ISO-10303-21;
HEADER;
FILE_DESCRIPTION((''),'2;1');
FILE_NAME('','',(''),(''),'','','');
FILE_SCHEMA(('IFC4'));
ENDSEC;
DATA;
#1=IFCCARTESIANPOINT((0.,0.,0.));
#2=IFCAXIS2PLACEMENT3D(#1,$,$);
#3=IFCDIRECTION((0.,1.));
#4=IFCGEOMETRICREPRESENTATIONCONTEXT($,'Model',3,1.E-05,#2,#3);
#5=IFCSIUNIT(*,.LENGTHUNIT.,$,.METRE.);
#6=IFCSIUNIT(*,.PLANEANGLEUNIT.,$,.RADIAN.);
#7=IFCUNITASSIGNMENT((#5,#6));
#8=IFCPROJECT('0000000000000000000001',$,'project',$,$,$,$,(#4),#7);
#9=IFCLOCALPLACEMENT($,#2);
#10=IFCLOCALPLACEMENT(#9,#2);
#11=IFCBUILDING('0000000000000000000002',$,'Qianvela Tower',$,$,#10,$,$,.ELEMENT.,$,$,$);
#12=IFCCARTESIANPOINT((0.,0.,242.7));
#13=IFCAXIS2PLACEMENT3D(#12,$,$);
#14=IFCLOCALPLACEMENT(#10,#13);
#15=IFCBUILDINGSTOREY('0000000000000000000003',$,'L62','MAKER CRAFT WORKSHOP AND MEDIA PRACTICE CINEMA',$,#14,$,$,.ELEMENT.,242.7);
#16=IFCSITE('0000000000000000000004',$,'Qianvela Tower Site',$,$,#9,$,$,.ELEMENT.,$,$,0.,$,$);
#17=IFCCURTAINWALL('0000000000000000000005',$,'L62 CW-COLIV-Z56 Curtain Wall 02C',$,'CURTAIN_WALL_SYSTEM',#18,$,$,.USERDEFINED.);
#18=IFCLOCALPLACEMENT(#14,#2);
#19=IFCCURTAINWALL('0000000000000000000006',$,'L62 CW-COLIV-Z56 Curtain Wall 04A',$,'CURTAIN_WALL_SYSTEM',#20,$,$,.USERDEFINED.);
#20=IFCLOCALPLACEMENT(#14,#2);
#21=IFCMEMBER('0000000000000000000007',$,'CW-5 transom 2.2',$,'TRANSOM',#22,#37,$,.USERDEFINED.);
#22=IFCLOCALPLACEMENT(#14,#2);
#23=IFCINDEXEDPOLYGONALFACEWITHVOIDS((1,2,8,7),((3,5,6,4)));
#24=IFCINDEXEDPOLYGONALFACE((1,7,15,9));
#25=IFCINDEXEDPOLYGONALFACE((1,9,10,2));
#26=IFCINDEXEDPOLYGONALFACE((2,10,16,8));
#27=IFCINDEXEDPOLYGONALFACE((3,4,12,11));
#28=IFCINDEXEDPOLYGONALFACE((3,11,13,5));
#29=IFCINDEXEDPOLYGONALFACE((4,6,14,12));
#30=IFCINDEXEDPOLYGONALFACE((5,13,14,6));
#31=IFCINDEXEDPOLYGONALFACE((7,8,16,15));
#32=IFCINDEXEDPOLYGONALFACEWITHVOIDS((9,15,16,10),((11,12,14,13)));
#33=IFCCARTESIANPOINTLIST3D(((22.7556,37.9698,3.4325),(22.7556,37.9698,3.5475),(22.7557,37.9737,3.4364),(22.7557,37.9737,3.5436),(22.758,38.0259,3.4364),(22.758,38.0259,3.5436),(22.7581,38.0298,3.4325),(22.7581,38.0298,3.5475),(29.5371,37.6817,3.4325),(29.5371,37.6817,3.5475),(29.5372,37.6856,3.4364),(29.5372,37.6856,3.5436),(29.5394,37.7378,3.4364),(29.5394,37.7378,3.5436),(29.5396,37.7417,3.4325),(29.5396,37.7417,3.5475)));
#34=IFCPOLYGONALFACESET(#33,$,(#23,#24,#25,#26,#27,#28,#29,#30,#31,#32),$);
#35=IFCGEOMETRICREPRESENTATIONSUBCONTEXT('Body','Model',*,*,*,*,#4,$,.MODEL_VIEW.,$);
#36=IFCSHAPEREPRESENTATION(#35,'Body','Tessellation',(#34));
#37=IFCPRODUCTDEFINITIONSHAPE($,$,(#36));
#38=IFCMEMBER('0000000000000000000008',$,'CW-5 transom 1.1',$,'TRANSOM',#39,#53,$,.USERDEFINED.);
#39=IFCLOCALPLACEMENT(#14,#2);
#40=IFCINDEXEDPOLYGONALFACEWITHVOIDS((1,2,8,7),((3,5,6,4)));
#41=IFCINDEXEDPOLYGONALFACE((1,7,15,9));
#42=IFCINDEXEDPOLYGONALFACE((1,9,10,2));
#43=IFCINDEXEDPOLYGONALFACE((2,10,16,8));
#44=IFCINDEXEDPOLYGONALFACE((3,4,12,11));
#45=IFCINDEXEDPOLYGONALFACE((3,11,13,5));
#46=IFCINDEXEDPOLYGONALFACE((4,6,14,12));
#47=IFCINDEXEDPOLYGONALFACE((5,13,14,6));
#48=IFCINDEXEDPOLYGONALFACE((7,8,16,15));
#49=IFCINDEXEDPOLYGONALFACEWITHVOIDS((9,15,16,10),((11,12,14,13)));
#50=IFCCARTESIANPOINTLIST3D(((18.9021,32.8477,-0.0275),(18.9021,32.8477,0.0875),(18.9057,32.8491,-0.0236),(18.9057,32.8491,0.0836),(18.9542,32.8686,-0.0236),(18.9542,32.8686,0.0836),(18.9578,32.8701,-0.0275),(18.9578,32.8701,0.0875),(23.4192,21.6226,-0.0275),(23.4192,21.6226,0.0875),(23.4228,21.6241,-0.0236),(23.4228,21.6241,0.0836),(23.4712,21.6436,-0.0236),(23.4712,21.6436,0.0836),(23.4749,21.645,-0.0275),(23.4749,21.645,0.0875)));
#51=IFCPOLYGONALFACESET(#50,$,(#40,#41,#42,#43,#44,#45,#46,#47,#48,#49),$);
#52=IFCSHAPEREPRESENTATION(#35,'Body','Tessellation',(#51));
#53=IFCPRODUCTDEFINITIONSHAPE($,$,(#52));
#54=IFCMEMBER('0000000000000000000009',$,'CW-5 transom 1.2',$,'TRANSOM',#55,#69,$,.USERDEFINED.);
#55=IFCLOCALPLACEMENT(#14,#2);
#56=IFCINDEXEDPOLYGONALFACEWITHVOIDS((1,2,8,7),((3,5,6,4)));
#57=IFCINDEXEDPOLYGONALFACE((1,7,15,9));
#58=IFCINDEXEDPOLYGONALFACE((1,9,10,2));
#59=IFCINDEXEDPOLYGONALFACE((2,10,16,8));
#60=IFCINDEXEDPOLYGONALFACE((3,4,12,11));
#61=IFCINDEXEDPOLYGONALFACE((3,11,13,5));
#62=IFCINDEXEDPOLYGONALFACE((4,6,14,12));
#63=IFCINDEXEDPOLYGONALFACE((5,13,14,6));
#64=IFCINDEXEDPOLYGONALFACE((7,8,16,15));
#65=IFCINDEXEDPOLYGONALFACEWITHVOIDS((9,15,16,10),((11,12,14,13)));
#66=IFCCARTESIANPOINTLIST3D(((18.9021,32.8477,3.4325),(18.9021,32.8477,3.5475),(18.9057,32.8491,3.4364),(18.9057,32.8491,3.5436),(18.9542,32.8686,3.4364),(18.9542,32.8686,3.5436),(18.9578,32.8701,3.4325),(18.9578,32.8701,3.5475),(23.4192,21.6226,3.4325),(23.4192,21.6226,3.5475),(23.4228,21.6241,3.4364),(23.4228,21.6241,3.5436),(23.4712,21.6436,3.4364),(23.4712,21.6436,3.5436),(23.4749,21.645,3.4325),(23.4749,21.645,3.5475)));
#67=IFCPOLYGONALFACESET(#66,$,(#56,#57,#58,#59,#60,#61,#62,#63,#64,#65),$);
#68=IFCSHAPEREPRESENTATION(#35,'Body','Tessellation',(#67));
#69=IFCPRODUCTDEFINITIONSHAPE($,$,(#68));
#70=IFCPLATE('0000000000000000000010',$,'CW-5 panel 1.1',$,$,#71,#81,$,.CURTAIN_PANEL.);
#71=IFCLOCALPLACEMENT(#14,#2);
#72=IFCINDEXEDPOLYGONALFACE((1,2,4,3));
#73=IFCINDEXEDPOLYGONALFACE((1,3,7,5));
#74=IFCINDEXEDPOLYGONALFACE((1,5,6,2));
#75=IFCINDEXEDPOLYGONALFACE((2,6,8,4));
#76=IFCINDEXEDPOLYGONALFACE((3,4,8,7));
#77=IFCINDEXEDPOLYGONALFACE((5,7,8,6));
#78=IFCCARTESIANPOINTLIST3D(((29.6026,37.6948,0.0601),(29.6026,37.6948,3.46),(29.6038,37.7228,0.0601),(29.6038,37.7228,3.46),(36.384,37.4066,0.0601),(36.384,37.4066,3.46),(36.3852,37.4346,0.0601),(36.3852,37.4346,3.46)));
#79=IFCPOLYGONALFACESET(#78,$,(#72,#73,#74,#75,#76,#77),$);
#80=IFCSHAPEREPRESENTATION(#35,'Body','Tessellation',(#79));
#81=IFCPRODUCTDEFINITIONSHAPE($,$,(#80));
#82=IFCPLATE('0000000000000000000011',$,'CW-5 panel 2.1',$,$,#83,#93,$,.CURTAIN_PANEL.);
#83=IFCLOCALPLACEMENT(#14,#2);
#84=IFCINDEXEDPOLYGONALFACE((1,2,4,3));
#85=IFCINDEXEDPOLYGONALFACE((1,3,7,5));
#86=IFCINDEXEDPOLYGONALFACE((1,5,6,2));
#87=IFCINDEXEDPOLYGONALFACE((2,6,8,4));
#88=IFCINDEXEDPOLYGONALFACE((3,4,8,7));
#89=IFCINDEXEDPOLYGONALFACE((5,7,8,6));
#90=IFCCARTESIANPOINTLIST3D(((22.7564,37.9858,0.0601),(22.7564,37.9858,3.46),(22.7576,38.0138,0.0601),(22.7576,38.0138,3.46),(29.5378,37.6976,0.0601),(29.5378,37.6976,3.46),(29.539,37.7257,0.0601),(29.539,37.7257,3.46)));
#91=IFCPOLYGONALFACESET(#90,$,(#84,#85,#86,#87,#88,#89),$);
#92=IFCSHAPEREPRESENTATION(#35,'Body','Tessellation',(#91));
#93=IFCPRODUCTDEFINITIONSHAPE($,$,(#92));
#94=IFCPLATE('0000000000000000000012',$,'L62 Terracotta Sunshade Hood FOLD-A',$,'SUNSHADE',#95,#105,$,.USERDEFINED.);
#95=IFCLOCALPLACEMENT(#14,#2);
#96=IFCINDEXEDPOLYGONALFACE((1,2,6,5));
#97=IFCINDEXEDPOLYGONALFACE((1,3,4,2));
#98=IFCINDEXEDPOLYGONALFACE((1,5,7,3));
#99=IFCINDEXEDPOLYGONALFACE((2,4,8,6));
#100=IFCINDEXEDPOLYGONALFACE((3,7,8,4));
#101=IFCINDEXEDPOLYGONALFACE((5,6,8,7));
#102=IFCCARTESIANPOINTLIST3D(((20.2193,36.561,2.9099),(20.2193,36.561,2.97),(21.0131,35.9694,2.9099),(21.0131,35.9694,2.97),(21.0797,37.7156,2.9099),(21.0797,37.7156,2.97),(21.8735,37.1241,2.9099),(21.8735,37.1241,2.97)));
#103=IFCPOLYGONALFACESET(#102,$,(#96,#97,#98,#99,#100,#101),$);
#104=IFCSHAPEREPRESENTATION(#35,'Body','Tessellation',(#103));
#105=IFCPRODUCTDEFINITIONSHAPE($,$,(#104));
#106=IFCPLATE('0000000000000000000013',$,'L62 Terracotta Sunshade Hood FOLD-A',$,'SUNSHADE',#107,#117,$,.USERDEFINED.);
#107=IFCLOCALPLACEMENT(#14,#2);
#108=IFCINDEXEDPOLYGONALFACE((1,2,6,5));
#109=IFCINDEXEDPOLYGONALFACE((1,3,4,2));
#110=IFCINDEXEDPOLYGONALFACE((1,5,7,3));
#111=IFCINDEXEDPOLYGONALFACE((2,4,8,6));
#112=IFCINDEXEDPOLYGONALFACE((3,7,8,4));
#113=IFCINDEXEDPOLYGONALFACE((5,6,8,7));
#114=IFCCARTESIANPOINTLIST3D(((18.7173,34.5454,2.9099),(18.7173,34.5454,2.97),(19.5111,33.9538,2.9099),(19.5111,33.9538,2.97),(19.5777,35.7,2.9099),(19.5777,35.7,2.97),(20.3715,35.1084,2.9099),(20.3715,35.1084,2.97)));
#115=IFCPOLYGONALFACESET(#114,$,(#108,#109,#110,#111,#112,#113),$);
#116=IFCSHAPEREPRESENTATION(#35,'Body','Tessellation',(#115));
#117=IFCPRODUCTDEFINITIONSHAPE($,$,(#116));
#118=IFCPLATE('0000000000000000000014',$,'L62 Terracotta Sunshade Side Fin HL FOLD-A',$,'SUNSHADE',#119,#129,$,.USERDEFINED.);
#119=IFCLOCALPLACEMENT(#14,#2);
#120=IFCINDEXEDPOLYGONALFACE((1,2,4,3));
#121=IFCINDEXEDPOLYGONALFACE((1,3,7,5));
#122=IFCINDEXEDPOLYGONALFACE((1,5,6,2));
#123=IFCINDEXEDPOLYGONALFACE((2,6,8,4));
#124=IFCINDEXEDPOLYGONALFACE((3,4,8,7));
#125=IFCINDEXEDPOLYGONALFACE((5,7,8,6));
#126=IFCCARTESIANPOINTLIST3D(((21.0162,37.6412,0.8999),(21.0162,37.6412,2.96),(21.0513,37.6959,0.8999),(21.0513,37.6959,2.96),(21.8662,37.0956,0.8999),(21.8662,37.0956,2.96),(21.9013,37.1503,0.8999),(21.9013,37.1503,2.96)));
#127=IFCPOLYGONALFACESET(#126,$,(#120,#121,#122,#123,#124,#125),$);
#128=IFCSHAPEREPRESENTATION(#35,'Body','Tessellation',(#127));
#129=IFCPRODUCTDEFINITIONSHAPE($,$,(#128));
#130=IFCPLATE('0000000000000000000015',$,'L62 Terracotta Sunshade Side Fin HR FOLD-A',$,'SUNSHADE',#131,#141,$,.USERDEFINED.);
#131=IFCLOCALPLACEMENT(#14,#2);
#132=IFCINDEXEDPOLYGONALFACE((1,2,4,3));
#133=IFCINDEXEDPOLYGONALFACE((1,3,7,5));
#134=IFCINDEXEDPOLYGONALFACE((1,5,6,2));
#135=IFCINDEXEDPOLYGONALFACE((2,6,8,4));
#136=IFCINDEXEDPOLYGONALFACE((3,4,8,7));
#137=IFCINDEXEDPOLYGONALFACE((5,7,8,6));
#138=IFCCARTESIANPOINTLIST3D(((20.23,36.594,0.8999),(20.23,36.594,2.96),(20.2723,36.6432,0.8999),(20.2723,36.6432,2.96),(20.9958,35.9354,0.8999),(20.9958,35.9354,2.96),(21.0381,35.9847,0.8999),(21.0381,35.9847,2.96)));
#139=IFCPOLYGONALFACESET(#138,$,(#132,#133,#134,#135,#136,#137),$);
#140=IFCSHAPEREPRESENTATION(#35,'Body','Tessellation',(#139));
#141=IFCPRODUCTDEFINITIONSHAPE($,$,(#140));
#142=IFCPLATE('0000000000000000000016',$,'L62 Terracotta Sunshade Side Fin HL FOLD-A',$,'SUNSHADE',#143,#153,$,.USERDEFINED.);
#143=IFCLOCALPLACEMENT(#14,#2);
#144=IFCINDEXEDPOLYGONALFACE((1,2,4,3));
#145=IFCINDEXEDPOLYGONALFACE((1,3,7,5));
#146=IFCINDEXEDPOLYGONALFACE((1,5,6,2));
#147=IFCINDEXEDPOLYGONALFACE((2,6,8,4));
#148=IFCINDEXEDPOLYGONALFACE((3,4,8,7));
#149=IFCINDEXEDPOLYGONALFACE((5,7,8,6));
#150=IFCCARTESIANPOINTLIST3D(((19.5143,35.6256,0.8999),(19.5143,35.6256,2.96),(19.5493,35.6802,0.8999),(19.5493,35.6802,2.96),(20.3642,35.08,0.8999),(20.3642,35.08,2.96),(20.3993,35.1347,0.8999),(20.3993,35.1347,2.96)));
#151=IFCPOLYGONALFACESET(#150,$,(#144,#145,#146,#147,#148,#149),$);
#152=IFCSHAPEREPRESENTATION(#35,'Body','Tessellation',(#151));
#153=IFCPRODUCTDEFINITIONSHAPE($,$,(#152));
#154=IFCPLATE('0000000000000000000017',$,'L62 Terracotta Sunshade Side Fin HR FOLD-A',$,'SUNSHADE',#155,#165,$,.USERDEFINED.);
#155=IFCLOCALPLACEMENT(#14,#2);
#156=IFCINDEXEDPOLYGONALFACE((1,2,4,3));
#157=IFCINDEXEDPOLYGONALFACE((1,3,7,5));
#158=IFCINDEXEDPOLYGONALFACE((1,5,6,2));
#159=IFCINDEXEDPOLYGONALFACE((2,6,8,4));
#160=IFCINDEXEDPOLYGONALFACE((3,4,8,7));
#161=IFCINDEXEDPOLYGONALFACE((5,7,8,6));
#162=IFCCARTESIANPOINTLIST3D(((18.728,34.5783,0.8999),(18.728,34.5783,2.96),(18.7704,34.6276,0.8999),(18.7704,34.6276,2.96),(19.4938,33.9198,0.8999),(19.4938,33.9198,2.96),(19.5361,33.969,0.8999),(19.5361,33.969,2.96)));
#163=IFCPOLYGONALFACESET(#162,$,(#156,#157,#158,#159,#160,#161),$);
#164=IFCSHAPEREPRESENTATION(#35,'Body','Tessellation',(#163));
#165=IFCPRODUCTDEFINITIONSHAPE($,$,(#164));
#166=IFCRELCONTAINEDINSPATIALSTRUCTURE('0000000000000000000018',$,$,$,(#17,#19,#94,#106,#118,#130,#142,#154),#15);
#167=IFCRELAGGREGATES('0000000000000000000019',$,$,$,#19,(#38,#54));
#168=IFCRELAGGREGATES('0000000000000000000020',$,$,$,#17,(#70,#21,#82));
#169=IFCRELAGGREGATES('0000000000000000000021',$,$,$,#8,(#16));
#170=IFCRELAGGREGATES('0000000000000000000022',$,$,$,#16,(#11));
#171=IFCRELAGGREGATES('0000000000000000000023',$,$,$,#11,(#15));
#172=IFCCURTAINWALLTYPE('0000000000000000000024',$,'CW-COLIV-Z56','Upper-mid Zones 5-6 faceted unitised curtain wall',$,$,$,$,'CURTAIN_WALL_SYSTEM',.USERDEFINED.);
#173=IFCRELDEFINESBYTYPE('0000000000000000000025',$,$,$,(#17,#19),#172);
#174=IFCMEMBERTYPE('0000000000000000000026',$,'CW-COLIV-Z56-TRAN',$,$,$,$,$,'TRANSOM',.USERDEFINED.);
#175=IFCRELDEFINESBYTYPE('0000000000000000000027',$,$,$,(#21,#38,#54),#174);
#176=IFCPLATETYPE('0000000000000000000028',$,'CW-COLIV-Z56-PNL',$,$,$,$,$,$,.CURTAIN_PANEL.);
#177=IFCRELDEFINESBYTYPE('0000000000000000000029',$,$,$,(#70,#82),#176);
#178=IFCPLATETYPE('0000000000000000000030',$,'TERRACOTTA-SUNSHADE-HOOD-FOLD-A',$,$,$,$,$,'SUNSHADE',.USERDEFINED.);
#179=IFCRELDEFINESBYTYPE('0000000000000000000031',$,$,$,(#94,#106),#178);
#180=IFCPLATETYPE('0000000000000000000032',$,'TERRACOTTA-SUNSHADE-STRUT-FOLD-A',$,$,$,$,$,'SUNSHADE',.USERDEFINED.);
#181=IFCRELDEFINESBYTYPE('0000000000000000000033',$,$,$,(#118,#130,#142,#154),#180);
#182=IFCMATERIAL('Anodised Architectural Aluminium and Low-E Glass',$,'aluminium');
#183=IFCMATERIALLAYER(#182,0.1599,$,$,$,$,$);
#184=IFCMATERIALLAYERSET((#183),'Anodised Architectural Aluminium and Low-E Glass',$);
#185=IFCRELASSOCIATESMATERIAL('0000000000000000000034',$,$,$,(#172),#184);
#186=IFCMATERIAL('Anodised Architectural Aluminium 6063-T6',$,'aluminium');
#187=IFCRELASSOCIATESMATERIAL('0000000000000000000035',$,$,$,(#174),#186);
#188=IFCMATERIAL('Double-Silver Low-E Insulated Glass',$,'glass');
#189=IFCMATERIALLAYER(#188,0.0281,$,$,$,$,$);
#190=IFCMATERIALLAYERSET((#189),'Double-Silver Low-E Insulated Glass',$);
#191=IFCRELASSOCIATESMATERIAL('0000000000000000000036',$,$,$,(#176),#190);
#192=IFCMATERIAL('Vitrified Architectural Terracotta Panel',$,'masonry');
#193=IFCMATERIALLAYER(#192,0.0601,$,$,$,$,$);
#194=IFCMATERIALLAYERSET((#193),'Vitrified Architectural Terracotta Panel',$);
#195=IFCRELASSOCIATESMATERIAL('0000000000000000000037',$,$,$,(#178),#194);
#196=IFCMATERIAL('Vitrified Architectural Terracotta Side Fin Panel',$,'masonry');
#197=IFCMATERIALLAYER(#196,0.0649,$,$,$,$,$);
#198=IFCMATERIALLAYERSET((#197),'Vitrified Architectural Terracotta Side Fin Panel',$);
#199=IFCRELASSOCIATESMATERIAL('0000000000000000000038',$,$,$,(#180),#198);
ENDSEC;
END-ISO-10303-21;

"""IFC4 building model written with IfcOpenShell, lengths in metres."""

from ifc_helpers import new_model, si_unit, direction, frame, origin, origin_2d, place, context, subcontext, project, spatial, rectangle, hollow_rectangle, extrude, material, layer, layer_set, material_profile, profile_set, type_object, element, aggregate, save


model = new_model("IFC4")

# Units and contexts
model_context = context("Model", 3, precision=1e-05, world=origin(), true_north=direction((0.0, 1.0)))
body_context = subcontext(model_context, "Body", "Model", "MODEL_VIEW")
ifc_project = project(units=[si_unit("LENGTHUNIT", "METRE"), si_unit("PLANEANGLEUNIT", "RADIAN")], contexts=[model_context])

# Site, building, storey
site_placement = place(None, origin())
site = spatial("IfcSite", under=ifc_project, at=site_placement, Name="Qianvela Tower Site", CompositionType="ELEMENT", RefElevation=0.0)
building_placement = place(site_placement, origin())
building = spatial("IfcBuilding", under=site, at=building_placement, Name="Qianvela Tower", CompositionType="ELEMENT")
storey_placement = place(building_placement, frame((0.0, 0.0, 242.7)))
storey = spatial("IfcBuildingStorey", under=building, at=storey_placement, Name="L62", Description="MAKER CRAFT WORKSHOP AND MEDIA PRACTICE CINEMA", CompositionType="ELEMENT", Elevation=242.7)

# Curtain wall
ifc_material_1 = material(Name="Anodised Architectural Aluminium and Low-E Glass", Category="aluminium")
ifc_layer_1 = layer(ifc_material_1, 0.1599)
ifc_layer_set_1 = layer_set([ifc_layer_1], Name="Anodised Architectural Aluminium and Low-E Glass")
curtain_wall_type = type_object("IfcCurtainWallType", Name="CW-COLIV-Z56", Description="Upper-mid Zones 5-6 faceted unitised curtain wall", ElementType="CURTAIN_WALL_SYSTEM", PredefinedType="USERDEFINED", material=ifc_layer_set_1)
curtain_wall_1_placement = place(storey_placement, origin())
curtain_wall_1 = element("IfcCurtainWall", 1, at=curtain_wall_1_placement, inside=storey, type_object=curtain_wall_type, Name="L62 CW-COLIV-Z56 Curtain Wall 02C", ObjectType="CURTAIN_WALL_SYSTEM", PredefinedType="USERDEFINED")

# Curtain wall
curtain_wall_2_placement = place(storey_placement, origin())
curtain_wall_2 = element("IfcCurtainWall", 2, at=curtain_wall_2_placement, inside=storey, type_object=curtain_wall_type, Name="L62 CW-COLIV-Z56 Curtain Wall 04A", ObjectType="CURTAIN_WALL_SYSTEM", PredefinedType="USERDEFINED")

# Members
ifc_material_2 = material(Name="Anodised Architectural Aluminium 6063-T6", Category="aluminium")
ifc_material_profile_1 = material_profile(ifc_material_2, hollow_rectangle(XDim=0.0601, YDim=0.115, WallThickness=0.0039, at=origin_2d()), Name="ALU-TRAN-60x115")
ifc_profile_set_1 = profile_set([ifc_material_profile_1], Name="Anodised Architectural Aluminium 6063-T6")
member_type_1 = type_object("IfcMemberType", Name="CW-COLIV-Z56-TRAN", ElementType="TRANSOM", PredefinedType="USERDEFINED", material=ifc_profile_set_1)
member_1_placement = place(storey_placement, frame((29.5383, 37.7117, 3.49), z_axis=(-0.999099, 0.042443, 0.0), x_axis=(-0.042443, -0.999099, 0.0)))
member_1 = element("IfcMember", 3, at=member_1_placement, type_object=member_type_1, Name="CW-5 transom 2.2", ObjectType="TRANSOM", PredefinedType="USERDEFINED", context=body_context, shape_type="SweptSolid", body=[
    extrude(hollow_rectangle(XDim=0.0601, YDim=0.115, WallThickness=0.0039, at=origin_2d()), origin(), (0.0, 0.0, 1.0), 6.7876),
])
member_2_placement = place(storey_placement, frame((18.9299, 32.8589, 0.03), z_axis=(0.373317, -0.927704, 0.0), x_axis=(0.927704, 0.373317, 0.0)))
member_2 = element("IfcMember", 4, at=member_2_placement, type_object=member_type_1, Name="CW-5 transom 1.1", ObjectType="TRANSOM", PredefinedType="USERDEFINED", context=body_context, shape_type="SweptSolid", body=[
    extrude(hollow_rectangle(XDim=0.0601, YDim=0.115, WallThickness=0.0039, at=origin_2d()), origin(), (0.0, 0.0, 1.0), 12.0999),
])
member_3_placement = place(storey_placement, frame((18.9299, 32.8589, 3.49), z_axis=(0.373317, -0.927704, 0.0), x_axis=(0.927704, 0.373317, 0.0)))
member_3 = element("IfcMember", 5, at=member_3_placement, type_object=member_type_1, Name="CW-5 transom 1.2", ObjectType="TRANSOM", PredefinedType="USERDEFINED", context=body_context, shape_type="SweptSolid", body=[
    extrude(hollow_rectangle(XDim=0.0601, YDim=0.115, WallThickness=0.0039, at=origin_2d()), origin(), (0.0, 0.0, 1.0), 12.0999),
])
aggregate(curtain_wall_2, [member_2, member_3])

# Plates
ifc_material_3 = material(Name="Double-Silver Low-E Insulated Glass", Category="glass")
ifc_layer_2 = layer(ifc_material_3, 0.0281)
ifc_layer_set_2 = layer_set([ifc_layer_2], Name="Double-Silver Low-E Insulated Glass")
plate_type_1 = type_object("IfcPlateType", Name="CW-COLIV-Z56-PNL", PredefinedType="CURTAIN_PANEL", material=ifc_layer_set_2)
plate_1_placement = place(storey_placement, frame((32.9939, 37.5647, 0.0601), z_axis=(0.0, 0.0, 1.0), x_axis=(-0.999098, 0.042455, 0.0)))
plate_1 = element("IfcPlate", 6, at=plate_1_placement, type_object=plate_type_1, Name="CW-5 panel 1.1", PredefinedType="CURTAIN_PANEL", context=body_context, shape_type="SweptSolid", body=[
    extrude(rectangle(XDim=6.7876, YDim=0.0281, at=origin_2d()), origin(), (0.0, 0.0, 1.0), 3.3999),
])
plate_2_placement = place(storey_placement, frame((26.1477, 37.8557, 0.0601), z_axis=(0.0, 0.0, 1.0), x_axis=(-0.999098, 0.042455, 0.0)))
plate_2 = element("IfcPlate", 7, at=plate_2_placement, type_object=plate_type_1, Name="CW-5 panel 2.1", PredefinedType="CURTAIN_PANEL", context=body_context, shape_type="SweptSolid", body=[
    extrude(rectangle(XDim=6.7876, YDim=0.0281, at=origin_2d()), origin(), (0.0, 0.0, 1.0), 3.3999),
])
aggregate(curtain_wall_1, [plate_1, member_1, plate_2])

# Plates
ifc_material_4 = material(Name="Vitrified Architectural Terracotta Panel", Category="masonry")
ifc_layer_3 = layer(ifc_material_4, 0.0601)
ifc_layer_set_3 = layer_set([ifc_layer_3], Name="Vitrified Architectural Terracotta Panel")
plate_type_2 = type_object("IfcPlateType", Name="TERRACOTTA-SUNSHADE-HOOD-FOLD-A", ElementType="SUNSHADE", PredefinedType="USERDEFINED", material=ifc_layer_set_3)
for number, where, z_axis, x_axis, name in (
    (8, (21.0464, 36.8425, 2.9099), (0.0, 0.0, 1.0), (-0.597536, -0.801842, 0.0), "L62 Terracotta Sunshade Hood FOLD-A"),
    (9, (19.5444, 34.8269, 2.9099), (0.0, 0.0, 1.0), (-0.597536, -0.801842, 0.0), "L62 Terracotta Sunshade Hood FOLD-A"),
):
    element("IfcPlate", number, at=place(storey_placement, frame(where, z_axis=z_axis, x_axis=x_axis)), inside=storey, type_object=plate_type_2, Name=name, ObjectType="SUNSHADE", PredefinedType="USERDEFINED", context=body_context, shape_type="SweptSolid", body=[
        extrude(rectangle(XDim=1.4399, YDim=0.99, at=origin_2d()), origin(), (0.0, 0.0, 1.0), 0.0601),
    ])
ifc_material_5 = material(Name="Vitrified Architectural Terracotta Side Fin Panel", Category="masonry")
ifc_layer_4 = layer(ifc_material_5, 0.0649)
ifc_layer_set_4 = layer_set([ifc_layer_4], Name="Vitrified Architectural Terracotta Side Fin Panel")
plate_type_3 = type_object("IfcPlateType", Name="TERRACOTTA-SUNSHADE-STRUT-FOLD-A", ElementType="SUNSHADE", PredefinedType="USERDEFINED", material=ifc_layer_set_4)
for number, where, z_axis, x_axis, name in (
    (10, (21.4587, 37.3958, 0.8999), (0.0, 0.0, 1.0), (-0.540146, -0.841571, 0.0), "L62 Terracotta Sunshade Side Fin HL FOLD-A"),
    (11, (20.634, 36.2893, 0.8999), (0.0, 0.0, 1.0), (-0.652014, -0.758207, 0.0), "L62 Terracotta Sunshade Side Fin HR FOLD-A"),
    (12, (19.9568, 35.3801, 0.8999), (0.0, 0.0, 1.0), (-0.540146, -0.841571, 0.0), "L62 Terracotta Sunshade Side Fin HL FOLD-A"),
    (13, (19.1321, 34.2737, 0.8999), (0.0, 0.0, 1.0), (-0.652014, -0.758207, 0.0), "L62 Terracotta Sunshade Side Fin HR FOLD-A"),
):
    element("IfcPlate", number, at=place(storey_placement, frame(where, z_axis=z_axis, x_axis=x_axis)), inside=storey, type_object=plate_type_3, Name=name, ObjectType="SUNSHADE", PredefinedType="USERDEFINED", context=body_context, shape_type="SweptSolid", body=[
        extrude(rectangle(XDim=0.0649, YDim=1.01, at=origin_2d()), origin(), (0.0, 0.0, 1.0), 2.0601),
    ])

save(model, "model.ifc")
